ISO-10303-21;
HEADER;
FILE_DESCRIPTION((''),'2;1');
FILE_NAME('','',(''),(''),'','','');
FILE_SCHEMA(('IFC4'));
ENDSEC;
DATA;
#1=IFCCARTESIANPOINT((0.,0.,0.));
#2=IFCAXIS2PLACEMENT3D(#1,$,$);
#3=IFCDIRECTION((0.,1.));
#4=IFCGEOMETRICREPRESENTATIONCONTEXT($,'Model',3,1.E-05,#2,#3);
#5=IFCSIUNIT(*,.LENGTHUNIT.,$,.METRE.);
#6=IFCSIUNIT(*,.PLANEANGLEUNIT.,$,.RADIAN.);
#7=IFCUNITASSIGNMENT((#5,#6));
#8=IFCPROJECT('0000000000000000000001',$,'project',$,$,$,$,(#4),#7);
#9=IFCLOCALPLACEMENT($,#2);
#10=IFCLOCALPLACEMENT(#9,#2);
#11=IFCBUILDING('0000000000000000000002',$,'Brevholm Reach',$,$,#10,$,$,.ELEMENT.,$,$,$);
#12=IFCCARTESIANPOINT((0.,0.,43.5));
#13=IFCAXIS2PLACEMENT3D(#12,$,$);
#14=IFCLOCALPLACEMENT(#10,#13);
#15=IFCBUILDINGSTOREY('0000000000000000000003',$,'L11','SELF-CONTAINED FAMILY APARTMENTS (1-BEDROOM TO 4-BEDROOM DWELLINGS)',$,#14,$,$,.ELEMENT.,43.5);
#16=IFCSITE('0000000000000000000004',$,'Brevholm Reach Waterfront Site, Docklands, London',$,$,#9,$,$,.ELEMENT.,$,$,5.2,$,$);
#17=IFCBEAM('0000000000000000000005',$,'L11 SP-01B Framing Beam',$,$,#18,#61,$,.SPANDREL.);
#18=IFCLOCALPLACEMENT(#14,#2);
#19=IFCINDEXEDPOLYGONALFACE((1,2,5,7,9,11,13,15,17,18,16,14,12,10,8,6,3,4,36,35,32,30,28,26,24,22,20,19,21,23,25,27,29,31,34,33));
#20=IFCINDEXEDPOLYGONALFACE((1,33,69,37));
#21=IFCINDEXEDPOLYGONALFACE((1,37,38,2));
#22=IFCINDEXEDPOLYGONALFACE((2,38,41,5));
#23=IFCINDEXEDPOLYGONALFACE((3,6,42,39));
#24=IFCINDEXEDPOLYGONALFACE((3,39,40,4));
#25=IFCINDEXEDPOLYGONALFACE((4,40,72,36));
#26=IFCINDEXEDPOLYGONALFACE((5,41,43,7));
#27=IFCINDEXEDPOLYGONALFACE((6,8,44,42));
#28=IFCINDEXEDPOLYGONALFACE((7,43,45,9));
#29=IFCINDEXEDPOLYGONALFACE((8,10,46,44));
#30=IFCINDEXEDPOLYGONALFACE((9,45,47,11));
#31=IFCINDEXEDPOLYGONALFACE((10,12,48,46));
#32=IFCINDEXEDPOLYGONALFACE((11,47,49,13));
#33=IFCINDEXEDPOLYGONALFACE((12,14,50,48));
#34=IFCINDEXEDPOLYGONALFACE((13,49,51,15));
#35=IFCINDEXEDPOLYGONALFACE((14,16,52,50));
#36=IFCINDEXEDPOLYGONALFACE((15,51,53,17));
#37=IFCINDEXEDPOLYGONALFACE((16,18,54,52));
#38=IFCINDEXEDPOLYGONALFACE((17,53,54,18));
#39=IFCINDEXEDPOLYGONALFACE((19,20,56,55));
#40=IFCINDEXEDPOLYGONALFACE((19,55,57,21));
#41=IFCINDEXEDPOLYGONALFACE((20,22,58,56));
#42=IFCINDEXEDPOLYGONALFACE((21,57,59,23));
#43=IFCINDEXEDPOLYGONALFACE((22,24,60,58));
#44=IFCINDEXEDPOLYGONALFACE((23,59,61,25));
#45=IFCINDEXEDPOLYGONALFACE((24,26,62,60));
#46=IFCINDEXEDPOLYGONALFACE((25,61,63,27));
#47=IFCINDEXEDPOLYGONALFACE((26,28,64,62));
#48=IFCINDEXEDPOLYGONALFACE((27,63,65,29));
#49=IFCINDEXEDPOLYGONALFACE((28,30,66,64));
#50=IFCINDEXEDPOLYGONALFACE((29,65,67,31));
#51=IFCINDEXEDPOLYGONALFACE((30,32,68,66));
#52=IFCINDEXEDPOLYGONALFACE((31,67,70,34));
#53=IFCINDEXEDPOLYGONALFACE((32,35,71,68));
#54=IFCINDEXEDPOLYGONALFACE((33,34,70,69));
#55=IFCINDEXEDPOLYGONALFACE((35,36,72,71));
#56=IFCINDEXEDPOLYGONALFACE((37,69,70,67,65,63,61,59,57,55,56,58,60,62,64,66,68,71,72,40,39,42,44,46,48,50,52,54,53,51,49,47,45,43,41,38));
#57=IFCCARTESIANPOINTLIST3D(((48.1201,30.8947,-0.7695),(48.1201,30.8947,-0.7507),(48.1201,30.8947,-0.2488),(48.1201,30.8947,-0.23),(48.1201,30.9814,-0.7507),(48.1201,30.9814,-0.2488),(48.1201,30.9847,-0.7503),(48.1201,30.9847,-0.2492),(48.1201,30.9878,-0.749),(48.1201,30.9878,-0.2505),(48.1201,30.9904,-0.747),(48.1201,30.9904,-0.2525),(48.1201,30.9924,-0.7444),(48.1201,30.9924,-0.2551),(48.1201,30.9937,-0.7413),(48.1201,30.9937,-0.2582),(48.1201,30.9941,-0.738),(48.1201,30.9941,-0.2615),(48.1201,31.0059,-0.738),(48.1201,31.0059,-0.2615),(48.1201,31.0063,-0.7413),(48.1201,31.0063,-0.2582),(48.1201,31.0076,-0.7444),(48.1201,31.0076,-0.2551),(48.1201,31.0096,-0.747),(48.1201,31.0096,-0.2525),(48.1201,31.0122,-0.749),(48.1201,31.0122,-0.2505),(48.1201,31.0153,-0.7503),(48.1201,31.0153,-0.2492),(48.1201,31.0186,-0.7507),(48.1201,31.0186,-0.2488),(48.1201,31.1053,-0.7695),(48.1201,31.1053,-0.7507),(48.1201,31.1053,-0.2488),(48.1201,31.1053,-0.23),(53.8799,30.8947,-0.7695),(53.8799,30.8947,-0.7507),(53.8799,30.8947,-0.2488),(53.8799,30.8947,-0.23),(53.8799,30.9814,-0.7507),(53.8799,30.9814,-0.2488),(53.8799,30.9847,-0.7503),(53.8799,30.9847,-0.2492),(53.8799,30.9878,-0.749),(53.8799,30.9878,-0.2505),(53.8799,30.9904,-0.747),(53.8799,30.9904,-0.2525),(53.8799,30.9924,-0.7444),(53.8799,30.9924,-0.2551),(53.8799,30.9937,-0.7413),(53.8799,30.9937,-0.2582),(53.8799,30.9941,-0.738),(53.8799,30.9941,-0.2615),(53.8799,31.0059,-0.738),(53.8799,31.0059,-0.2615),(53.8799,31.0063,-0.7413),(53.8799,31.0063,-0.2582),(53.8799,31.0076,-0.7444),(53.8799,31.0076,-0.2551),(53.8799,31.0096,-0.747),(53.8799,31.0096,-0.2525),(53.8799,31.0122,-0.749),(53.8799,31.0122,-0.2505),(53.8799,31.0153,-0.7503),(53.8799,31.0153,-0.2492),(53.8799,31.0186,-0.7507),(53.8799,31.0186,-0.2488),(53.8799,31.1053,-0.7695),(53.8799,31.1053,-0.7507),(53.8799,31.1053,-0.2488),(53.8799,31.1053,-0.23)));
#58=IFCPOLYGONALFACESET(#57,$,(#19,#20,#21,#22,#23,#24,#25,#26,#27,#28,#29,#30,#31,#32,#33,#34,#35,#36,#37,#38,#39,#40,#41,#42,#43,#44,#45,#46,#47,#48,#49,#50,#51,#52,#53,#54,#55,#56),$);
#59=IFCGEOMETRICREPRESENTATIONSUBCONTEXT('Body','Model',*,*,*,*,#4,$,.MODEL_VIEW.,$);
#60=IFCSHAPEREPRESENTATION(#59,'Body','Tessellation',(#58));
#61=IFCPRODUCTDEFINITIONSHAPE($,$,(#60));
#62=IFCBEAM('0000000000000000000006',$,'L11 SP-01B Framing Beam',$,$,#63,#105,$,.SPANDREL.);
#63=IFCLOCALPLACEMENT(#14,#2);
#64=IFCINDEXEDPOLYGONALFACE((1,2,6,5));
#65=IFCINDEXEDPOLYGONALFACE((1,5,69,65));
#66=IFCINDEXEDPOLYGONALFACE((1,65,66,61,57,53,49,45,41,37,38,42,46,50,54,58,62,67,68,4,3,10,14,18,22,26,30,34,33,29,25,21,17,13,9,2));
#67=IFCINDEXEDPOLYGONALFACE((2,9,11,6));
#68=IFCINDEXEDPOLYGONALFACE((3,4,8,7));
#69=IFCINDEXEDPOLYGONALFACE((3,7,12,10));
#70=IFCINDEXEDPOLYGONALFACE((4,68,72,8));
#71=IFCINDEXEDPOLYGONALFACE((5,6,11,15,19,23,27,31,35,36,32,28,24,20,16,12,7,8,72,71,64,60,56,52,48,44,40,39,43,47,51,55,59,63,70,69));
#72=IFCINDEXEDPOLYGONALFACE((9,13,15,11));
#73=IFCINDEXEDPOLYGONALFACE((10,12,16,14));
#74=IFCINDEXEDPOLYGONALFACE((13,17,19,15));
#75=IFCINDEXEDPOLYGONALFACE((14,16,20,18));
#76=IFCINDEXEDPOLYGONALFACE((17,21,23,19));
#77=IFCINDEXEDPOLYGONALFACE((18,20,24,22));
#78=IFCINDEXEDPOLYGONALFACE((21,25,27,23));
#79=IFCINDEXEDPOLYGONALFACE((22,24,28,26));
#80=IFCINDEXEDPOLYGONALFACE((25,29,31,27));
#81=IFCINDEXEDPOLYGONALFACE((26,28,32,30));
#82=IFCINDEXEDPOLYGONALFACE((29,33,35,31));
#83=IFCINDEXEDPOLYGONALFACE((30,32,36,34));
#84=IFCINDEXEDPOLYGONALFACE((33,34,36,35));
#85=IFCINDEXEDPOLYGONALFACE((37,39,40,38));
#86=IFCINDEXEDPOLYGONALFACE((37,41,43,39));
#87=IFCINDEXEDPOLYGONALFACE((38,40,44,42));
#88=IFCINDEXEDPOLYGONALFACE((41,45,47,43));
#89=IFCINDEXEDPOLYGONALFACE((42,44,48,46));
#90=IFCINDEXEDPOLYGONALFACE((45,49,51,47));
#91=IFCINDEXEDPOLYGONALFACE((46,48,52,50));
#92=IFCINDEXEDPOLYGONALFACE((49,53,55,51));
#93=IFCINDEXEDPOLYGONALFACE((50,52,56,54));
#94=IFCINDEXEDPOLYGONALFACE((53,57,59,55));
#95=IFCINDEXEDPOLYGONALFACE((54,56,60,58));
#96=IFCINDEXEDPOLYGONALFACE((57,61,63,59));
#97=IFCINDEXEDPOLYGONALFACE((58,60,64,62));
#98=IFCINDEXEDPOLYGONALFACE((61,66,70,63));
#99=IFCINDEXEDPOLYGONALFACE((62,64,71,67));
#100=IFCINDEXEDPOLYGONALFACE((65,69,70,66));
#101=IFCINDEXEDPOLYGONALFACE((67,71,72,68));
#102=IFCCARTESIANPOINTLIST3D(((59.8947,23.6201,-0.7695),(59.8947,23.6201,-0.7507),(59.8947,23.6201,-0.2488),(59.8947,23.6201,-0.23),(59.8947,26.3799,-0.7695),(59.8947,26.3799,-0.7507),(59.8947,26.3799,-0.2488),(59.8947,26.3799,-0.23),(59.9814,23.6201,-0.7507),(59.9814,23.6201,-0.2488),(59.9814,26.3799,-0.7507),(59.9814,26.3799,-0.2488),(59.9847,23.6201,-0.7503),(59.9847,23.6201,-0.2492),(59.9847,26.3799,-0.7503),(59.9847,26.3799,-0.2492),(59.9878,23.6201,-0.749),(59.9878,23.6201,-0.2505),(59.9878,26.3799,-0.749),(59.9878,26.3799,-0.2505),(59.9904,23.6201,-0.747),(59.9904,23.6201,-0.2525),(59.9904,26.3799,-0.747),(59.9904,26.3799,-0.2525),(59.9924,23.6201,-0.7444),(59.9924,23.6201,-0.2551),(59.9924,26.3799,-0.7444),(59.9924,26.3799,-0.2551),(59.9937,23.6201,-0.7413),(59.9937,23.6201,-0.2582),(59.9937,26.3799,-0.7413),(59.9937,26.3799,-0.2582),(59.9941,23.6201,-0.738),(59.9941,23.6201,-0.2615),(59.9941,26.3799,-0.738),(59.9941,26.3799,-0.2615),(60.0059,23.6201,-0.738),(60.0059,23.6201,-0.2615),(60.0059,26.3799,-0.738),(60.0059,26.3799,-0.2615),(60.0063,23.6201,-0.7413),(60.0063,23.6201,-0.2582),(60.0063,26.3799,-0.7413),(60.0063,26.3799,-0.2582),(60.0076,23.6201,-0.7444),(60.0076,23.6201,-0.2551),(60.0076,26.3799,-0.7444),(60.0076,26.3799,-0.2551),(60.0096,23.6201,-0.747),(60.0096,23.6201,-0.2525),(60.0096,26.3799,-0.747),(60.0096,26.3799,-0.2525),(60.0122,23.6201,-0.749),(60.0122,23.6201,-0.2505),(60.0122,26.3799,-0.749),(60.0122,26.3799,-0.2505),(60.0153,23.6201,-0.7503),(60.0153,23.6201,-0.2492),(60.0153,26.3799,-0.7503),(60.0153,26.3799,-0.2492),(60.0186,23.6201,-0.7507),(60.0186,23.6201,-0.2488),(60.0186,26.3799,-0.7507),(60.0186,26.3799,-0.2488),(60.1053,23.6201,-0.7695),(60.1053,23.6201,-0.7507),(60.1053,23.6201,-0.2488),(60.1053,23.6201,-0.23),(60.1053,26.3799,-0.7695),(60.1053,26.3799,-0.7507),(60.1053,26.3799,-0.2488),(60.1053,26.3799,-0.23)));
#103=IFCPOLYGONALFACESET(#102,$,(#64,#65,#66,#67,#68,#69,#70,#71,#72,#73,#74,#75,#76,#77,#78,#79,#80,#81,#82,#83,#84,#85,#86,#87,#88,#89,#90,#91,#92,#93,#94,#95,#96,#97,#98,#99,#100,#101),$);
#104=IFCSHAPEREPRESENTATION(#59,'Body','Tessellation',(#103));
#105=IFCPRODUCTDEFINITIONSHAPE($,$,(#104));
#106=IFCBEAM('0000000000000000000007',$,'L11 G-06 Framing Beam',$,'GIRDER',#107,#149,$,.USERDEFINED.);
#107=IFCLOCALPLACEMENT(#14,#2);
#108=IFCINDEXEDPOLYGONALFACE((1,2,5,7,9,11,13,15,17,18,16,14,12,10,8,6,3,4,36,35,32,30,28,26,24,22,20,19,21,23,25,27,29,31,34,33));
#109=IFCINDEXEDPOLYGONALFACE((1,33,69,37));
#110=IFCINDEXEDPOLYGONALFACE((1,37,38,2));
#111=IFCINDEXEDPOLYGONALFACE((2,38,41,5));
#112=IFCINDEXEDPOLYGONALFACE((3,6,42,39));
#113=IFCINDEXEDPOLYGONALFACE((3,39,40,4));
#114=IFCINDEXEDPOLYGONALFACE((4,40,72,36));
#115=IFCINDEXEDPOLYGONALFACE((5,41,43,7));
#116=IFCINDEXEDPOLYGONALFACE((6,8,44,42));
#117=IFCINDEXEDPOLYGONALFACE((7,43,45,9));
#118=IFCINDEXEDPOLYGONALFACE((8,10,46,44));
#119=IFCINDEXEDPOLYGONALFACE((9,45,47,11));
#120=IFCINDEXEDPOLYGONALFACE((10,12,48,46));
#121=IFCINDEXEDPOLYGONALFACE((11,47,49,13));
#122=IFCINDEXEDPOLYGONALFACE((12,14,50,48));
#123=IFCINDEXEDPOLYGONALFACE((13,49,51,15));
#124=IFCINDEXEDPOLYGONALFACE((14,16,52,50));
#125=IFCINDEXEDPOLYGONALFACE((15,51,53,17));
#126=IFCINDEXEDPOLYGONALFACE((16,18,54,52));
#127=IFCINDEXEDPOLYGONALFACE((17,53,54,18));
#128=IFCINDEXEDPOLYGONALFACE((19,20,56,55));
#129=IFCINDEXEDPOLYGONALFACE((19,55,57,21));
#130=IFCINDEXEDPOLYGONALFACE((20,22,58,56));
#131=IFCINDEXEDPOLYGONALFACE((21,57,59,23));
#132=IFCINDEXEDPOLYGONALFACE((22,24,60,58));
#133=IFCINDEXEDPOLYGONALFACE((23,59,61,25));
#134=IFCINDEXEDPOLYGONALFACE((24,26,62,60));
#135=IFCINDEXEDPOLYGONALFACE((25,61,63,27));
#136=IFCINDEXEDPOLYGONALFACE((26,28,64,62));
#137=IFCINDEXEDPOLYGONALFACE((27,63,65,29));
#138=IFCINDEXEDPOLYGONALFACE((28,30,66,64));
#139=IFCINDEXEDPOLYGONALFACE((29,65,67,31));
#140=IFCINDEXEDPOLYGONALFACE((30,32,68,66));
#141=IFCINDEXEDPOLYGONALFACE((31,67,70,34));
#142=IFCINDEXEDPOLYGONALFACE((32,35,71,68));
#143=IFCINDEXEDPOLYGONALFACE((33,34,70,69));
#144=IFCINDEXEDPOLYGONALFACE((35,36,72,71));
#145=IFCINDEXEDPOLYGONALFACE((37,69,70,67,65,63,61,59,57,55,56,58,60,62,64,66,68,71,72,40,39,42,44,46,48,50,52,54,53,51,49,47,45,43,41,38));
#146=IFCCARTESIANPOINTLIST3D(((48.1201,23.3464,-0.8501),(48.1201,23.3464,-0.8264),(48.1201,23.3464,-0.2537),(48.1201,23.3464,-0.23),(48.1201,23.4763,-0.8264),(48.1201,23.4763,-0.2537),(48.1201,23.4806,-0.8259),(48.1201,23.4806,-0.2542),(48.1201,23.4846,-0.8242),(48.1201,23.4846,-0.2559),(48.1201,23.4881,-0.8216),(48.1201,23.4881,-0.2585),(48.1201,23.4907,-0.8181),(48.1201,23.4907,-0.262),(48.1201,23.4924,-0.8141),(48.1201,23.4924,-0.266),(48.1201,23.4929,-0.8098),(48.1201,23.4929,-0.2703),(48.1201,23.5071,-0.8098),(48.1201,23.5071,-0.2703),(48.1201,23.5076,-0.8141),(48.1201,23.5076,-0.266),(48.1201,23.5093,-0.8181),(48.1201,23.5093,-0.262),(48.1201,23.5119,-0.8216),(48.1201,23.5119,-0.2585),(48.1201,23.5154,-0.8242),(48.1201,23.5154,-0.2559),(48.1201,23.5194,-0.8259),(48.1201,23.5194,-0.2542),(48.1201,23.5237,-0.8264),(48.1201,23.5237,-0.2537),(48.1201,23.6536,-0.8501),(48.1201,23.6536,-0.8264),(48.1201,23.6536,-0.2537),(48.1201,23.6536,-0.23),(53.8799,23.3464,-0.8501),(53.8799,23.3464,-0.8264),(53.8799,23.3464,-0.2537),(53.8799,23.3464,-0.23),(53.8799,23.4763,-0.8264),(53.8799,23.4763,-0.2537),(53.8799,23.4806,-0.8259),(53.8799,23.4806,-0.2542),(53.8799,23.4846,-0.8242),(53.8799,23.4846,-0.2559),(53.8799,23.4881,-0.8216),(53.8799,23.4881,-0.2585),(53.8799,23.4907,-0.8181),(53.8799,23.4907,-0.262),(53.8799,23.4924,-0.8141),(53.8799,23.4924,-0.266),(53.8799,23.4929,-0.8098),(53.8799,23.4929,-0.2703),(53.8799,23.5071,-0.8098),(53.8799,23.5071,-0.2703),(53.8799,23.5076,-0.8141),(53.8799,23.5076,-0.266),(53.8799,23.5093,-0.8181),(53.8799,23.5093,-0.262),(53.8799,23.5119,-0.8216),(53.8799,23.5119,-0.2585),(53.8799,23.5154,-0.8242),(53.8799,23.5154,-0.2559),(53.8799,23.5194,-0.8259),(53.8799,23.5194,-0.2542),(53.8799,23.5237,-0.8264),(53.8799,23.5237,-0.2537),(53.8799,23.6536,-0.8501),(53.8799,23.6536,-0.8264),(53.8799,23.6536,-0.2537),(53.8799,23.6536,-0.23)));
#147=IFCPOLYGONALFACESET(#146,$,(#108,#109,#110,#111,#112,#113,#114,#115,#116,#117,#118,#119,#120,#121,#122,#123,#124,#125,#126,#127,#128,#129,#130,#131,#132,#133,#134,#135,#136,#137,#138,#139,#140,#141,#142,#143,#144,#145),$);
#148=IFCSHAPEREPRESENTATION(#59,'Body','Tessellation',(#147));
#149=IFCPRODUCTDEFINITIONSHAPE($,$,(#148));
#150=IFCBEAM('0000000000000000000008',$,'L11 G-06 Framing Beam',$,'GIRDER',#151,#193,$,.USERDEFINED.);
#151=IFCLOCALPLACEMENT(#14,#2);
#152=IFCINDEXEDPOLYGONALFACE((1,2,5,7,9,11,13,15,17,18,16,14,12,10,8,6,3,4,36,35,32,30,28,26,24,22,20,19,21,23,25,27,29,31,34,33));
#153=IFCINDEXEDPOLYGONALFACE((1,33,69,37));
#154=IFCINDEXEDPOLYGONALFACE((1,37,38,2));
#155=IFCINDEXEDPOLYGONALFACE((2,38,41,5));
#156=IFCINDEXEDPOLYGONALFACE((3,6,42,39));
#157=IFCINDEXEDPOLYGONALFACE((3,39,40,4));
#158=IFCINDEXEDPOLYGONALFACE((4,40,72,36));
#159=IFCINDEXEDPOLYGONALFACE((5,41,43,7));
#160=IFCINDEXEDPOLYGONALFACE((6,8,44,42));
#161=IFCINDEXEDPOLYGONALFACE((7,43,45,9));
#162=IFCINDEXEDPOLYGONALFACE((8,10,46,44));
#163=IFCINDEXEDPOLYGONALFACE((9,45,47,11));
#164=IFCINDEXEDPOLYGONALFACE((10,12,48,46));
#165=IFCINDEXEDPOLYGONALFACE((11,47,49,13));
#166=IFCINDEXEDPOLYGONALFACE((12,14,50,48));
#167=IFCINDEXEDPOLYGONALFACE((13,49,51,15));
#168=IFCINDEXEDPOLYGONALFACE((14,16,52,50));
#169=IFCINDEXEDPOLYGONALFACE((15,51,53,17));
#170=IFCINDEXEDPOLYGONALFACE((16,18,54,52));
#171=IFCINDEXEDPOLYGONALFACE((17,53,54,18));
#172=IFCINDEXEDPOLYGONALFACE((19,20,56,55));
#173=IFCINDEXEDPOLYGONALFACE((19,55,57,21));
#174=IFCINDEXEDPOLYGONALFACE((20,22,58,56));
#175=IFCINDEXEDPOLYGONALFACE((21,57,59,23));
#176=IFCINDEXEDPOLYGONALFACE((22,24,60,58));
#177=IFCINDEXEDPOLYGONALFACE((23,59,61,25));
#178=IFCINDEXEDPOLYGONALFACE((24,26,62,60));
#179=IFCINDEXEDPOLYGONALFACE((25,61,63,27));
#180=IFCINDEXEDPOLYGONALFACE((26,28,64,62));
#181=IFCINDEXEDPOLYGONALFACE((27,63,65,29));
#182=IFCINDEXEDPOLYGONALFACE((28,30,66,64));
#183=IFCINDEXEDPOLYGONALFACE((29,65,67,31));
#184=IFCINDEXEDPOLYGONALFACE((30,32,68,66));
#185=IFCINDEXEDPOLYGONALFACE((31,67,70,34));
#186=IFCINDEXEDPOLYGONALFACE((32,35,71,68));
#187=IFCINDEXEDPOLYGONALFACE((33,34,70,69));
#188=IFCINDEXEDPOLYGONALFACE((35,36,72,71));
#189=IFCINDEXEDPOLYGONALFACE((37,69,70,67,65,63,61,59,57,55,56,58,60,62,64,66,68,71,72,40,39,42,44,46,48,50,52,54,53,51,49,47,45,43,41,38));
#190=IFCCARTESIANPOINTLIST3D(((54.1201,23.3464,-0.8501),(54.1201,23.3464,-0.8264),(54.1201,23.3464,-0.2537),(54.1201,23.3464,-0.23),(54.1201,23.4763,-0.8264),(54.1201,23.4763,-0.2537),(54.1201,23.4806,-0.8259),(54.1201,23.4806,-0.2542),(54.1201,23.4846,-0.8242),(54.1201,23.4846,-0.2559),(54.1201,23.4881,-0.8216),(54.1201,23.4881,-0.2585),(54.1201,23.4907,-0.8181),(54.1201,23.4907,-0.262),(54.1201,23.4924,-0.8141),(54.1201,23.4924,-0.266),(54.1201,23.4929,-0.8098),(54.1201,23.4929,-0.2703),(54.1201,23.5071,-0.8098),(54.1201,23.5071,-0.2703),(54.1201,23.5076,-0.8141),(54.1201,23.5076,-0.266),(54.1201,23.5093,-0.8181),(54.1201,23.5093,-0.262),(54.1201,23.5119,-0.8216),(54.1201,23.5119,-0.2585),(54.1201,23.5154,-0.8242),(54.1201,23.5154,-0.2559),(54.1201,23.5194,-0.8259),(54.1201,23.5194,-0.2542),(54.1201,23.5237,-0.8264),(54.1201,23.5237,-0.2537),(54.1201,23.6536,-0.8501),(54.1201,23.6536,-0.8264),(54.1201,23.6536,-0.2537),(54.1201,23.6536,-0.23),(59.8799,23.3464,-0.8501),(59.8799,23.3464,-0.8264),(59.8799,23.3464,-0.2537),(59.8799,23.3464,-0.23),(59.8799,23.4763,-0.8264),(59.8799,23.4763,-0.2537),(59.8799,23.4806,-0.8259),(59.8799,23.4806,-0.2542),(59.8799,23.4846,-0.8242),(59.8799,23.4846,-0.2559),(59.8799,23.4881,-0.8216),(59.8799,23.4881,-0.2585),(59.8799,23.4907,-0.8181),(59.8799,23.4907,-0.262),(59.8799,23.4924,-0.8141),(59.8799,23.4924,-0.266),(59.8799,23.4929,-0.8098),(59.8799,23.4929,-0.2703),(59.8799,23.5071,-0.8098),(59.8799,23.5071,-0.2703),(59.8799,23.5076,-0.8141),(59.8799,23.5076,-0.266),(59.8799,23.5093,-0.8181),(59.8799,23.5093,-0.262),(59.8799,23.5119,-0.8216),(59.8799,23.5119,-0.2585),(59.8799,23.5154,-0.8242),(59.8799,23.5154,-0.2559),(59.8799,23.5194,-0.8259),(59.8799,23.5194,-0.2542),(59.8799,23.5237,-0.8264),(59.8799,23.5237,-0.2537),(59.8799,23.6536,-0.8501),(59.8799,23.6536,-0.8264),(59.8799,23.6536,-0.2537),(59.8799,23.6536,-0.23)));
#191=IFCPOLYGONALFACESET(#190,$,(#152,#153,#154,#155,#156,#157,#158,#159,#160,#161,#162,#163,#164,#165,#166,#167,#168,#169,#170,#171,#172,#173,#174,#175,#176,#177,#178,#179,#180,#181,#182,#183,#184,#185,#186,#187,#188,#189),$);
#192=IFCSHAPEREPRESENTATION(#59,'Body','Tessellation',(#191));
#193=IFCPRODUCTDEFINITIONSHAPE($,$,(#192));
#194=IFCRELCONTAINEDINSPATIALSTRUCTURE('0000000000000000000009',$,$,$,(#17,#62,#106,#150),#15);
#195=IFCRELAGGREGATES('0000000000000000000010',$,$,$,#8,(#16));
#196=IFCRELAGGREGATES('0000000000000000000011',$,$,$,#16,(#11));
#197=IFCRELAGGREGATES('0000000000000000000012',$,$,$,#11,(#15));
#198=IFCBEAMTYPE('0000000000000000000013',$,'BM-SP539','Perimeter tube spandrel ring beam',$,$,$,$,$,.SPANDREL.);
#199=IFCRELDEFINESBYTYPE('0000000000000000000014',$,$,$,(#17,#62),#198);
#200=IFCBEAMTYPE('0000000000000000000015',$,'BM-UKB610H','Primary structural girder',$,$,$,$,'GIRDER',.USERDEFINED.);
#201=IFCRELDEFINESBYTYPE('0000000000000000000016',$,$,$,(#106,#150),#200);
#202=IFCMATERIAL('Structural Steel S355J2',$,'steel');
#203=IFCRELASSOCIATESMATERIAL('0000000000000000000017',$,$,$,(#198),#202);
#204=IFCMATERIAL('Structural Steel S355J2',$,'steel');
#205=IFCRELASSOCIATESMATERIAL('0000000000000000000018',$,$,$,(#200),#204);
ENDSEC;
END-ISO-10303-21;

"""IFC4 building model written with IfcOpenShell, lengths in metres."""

from ifc_helpers import new_model, si_unit, direction, frame, origin, origin_2d, place, context, subcontext, project, spatial, i_section, extrude, material, material_profile, profile_set, type_object, element, save


model = new_model("IFC4")

# Units and contexts
model_context = context("Model", 3, precision=1e-05, world=origin(), true_north=direction((0.0, 1.0)))
body_context = subcontext(model_context, "Body", "Model", "MODEL_VIEW")
ifc_project = project(units=[si_unit("LENGTHUNIT", "METRE"), si_unit("PLANEANGLEUNIT", "RADIAN")], contexts=[model_context])

# Site, building, storey
site_placement = place(None, origin())
site = spatial("IfcSite", under=ifc_project, at=site_placement, Name="Brevholm Reach Waterfront Site, Docklands, London", CompositionType="ELEMENT", RefElevation=5.2)
building_placement = place(site_placement, origin())
building = spatial("IfcBuilding", under=site, at=building_placement, Name="Brevholm Reach", CompositionType="ELEMENT")
storey_placement = place(building_placement, frame((0.0, 0.0, 43.5)))
storey = spatial("IfcBuildingStorey", under=building, at=storey_placement, Name="L11", Description="SELF-CONTAINED FAMILY APARTMENTS (1-BEDROOM TO 4-BEDROOM DWELLINGS)", CompositionType="ELEMENT", Elevation=43.5)

# Beams
ifc_material_1 = material(Name="Structural Steel S355J2", Category="steel")
ifc_material_profile_1 = material_profile(ifc_material_1, i_section(OverallWidth=0.2107, OverallDepth=0.5396, WebThickness=0.0117, FlangeThickness=0.0188, FilletRadius=0.0127, at=origin_2d()), Name="UKB 533x210x109")
ifc_profile_set_1 = profile_set([ifc_material_profile_1], Name="Structural Steel S355J2")
beam_type_1 = type_object("IfcBeamType", Name="BM-SP539", Description="Perimeter tube spandrel ring beam", PredefinedType="SPANDREL", material=ifc_profile_set_1)
beam_1_placement = place(storey_placement, frame((48.1201, 31.0, -0.4998), z_axis=(1.0, 0.0, 0.0), x_axis=(0.0, 1.0, 0.0)))
element("IfcBeam", 1, at=beam_1_placement, inside=storey, type_object=beam_type_1, Name="L11 SP-01B Framing Beam", PredefinedType="SPANDREL", context=body_context, shape_type="SweptSolid", body=[
    extrude(i_section(OverallWidth=0.2107, OverallDepth=0.5396, WebThickness=0.0117, FlangeThickness=0.0188, FilletRadius=0.0127, at=origin_2d()), origin(), (0.0, 0.0, 1.0), 5.7598),
])
beam_2_placement = place(storey_placement, frame((60.0, 23.6201, -0.4998), z_axis=(0.0, 1.0, 0.0), x_axis=(-1.0, 0.0, 0.0)))
element("IfcBeam", 2, at=beam_2_placement, inside=storey, type_object=beam_type_1, Name="L11 SP-01B Framing Beam", PredefinedType="SPANDREL", context=body_context, shape_type="SweptSolid", body=[
    extrude(i_section(OverallWidth=0.2107, OverallDepth=0.5396, WebThickness=0.0117, FlangeThickness=0.0188, FilletRadius=0.0127, at=origin_2d()), origin(), (0.0, 0.0, 1.0), 2.7598),
])
ifc_material_2 = material(Name="Structural Steel S355J2", Category="steel")
ifc_material_profile_2 = material_profile(ifc_material_2, i_section(OverallWidth=0.3071, OverallDepth=0.6201, WebThickness=0.0142, FlangeThickness=0.0237, FilletRadius=0.0166, at=origin_2d()), Name="UKB 610x305x179")
ifc_profile_set_2 = profile_set([ifc_material_profile_2], Name="Structural Steel S355J2")
beam_type_2 = type_object("IfcBeamType", Name="BM-UKB610H", Description="Primary structural girder", ElementType="GIRDER", PredefinedType="USERDEFINED", material=ifc_profile_set_2)
for number, where, z_axis, x_axis, name in (
    (3, (48.1201, 23.5, -0.54), (1.0, 0.0, 0.0), (0.0, 1.0, 0.0), "L11 G-06 Framing Beam"),
    (4, (54.1201, 23.5, -0.54), (1.0, 0.0, 0.0), (0.0, 1.0, 0.0), "L11 G-06 Framing Beam"),
):
    element("IfcBeam", number, at=place(storey_placement, frame(where, z_axis=z_axis, x_axis=x_axis)), inside=storey, type_object=beam_type_2, Name=name, ObjectType="GIRDER", PredefinedType="USERDEFINED", context=body_context, shape_type="SweptSolid", body=[
        extrude(i_section(OverallWidth=0.3071, OverallDepth=0.6201, WebThickness=0.0142, FlangeThickness=0.0237, FilletRadius=0.0166, at=origin_2d()), origin(), (0.0, 0.0, 1.0), 5.7598),
    ])

save(model, "model.ifc")
